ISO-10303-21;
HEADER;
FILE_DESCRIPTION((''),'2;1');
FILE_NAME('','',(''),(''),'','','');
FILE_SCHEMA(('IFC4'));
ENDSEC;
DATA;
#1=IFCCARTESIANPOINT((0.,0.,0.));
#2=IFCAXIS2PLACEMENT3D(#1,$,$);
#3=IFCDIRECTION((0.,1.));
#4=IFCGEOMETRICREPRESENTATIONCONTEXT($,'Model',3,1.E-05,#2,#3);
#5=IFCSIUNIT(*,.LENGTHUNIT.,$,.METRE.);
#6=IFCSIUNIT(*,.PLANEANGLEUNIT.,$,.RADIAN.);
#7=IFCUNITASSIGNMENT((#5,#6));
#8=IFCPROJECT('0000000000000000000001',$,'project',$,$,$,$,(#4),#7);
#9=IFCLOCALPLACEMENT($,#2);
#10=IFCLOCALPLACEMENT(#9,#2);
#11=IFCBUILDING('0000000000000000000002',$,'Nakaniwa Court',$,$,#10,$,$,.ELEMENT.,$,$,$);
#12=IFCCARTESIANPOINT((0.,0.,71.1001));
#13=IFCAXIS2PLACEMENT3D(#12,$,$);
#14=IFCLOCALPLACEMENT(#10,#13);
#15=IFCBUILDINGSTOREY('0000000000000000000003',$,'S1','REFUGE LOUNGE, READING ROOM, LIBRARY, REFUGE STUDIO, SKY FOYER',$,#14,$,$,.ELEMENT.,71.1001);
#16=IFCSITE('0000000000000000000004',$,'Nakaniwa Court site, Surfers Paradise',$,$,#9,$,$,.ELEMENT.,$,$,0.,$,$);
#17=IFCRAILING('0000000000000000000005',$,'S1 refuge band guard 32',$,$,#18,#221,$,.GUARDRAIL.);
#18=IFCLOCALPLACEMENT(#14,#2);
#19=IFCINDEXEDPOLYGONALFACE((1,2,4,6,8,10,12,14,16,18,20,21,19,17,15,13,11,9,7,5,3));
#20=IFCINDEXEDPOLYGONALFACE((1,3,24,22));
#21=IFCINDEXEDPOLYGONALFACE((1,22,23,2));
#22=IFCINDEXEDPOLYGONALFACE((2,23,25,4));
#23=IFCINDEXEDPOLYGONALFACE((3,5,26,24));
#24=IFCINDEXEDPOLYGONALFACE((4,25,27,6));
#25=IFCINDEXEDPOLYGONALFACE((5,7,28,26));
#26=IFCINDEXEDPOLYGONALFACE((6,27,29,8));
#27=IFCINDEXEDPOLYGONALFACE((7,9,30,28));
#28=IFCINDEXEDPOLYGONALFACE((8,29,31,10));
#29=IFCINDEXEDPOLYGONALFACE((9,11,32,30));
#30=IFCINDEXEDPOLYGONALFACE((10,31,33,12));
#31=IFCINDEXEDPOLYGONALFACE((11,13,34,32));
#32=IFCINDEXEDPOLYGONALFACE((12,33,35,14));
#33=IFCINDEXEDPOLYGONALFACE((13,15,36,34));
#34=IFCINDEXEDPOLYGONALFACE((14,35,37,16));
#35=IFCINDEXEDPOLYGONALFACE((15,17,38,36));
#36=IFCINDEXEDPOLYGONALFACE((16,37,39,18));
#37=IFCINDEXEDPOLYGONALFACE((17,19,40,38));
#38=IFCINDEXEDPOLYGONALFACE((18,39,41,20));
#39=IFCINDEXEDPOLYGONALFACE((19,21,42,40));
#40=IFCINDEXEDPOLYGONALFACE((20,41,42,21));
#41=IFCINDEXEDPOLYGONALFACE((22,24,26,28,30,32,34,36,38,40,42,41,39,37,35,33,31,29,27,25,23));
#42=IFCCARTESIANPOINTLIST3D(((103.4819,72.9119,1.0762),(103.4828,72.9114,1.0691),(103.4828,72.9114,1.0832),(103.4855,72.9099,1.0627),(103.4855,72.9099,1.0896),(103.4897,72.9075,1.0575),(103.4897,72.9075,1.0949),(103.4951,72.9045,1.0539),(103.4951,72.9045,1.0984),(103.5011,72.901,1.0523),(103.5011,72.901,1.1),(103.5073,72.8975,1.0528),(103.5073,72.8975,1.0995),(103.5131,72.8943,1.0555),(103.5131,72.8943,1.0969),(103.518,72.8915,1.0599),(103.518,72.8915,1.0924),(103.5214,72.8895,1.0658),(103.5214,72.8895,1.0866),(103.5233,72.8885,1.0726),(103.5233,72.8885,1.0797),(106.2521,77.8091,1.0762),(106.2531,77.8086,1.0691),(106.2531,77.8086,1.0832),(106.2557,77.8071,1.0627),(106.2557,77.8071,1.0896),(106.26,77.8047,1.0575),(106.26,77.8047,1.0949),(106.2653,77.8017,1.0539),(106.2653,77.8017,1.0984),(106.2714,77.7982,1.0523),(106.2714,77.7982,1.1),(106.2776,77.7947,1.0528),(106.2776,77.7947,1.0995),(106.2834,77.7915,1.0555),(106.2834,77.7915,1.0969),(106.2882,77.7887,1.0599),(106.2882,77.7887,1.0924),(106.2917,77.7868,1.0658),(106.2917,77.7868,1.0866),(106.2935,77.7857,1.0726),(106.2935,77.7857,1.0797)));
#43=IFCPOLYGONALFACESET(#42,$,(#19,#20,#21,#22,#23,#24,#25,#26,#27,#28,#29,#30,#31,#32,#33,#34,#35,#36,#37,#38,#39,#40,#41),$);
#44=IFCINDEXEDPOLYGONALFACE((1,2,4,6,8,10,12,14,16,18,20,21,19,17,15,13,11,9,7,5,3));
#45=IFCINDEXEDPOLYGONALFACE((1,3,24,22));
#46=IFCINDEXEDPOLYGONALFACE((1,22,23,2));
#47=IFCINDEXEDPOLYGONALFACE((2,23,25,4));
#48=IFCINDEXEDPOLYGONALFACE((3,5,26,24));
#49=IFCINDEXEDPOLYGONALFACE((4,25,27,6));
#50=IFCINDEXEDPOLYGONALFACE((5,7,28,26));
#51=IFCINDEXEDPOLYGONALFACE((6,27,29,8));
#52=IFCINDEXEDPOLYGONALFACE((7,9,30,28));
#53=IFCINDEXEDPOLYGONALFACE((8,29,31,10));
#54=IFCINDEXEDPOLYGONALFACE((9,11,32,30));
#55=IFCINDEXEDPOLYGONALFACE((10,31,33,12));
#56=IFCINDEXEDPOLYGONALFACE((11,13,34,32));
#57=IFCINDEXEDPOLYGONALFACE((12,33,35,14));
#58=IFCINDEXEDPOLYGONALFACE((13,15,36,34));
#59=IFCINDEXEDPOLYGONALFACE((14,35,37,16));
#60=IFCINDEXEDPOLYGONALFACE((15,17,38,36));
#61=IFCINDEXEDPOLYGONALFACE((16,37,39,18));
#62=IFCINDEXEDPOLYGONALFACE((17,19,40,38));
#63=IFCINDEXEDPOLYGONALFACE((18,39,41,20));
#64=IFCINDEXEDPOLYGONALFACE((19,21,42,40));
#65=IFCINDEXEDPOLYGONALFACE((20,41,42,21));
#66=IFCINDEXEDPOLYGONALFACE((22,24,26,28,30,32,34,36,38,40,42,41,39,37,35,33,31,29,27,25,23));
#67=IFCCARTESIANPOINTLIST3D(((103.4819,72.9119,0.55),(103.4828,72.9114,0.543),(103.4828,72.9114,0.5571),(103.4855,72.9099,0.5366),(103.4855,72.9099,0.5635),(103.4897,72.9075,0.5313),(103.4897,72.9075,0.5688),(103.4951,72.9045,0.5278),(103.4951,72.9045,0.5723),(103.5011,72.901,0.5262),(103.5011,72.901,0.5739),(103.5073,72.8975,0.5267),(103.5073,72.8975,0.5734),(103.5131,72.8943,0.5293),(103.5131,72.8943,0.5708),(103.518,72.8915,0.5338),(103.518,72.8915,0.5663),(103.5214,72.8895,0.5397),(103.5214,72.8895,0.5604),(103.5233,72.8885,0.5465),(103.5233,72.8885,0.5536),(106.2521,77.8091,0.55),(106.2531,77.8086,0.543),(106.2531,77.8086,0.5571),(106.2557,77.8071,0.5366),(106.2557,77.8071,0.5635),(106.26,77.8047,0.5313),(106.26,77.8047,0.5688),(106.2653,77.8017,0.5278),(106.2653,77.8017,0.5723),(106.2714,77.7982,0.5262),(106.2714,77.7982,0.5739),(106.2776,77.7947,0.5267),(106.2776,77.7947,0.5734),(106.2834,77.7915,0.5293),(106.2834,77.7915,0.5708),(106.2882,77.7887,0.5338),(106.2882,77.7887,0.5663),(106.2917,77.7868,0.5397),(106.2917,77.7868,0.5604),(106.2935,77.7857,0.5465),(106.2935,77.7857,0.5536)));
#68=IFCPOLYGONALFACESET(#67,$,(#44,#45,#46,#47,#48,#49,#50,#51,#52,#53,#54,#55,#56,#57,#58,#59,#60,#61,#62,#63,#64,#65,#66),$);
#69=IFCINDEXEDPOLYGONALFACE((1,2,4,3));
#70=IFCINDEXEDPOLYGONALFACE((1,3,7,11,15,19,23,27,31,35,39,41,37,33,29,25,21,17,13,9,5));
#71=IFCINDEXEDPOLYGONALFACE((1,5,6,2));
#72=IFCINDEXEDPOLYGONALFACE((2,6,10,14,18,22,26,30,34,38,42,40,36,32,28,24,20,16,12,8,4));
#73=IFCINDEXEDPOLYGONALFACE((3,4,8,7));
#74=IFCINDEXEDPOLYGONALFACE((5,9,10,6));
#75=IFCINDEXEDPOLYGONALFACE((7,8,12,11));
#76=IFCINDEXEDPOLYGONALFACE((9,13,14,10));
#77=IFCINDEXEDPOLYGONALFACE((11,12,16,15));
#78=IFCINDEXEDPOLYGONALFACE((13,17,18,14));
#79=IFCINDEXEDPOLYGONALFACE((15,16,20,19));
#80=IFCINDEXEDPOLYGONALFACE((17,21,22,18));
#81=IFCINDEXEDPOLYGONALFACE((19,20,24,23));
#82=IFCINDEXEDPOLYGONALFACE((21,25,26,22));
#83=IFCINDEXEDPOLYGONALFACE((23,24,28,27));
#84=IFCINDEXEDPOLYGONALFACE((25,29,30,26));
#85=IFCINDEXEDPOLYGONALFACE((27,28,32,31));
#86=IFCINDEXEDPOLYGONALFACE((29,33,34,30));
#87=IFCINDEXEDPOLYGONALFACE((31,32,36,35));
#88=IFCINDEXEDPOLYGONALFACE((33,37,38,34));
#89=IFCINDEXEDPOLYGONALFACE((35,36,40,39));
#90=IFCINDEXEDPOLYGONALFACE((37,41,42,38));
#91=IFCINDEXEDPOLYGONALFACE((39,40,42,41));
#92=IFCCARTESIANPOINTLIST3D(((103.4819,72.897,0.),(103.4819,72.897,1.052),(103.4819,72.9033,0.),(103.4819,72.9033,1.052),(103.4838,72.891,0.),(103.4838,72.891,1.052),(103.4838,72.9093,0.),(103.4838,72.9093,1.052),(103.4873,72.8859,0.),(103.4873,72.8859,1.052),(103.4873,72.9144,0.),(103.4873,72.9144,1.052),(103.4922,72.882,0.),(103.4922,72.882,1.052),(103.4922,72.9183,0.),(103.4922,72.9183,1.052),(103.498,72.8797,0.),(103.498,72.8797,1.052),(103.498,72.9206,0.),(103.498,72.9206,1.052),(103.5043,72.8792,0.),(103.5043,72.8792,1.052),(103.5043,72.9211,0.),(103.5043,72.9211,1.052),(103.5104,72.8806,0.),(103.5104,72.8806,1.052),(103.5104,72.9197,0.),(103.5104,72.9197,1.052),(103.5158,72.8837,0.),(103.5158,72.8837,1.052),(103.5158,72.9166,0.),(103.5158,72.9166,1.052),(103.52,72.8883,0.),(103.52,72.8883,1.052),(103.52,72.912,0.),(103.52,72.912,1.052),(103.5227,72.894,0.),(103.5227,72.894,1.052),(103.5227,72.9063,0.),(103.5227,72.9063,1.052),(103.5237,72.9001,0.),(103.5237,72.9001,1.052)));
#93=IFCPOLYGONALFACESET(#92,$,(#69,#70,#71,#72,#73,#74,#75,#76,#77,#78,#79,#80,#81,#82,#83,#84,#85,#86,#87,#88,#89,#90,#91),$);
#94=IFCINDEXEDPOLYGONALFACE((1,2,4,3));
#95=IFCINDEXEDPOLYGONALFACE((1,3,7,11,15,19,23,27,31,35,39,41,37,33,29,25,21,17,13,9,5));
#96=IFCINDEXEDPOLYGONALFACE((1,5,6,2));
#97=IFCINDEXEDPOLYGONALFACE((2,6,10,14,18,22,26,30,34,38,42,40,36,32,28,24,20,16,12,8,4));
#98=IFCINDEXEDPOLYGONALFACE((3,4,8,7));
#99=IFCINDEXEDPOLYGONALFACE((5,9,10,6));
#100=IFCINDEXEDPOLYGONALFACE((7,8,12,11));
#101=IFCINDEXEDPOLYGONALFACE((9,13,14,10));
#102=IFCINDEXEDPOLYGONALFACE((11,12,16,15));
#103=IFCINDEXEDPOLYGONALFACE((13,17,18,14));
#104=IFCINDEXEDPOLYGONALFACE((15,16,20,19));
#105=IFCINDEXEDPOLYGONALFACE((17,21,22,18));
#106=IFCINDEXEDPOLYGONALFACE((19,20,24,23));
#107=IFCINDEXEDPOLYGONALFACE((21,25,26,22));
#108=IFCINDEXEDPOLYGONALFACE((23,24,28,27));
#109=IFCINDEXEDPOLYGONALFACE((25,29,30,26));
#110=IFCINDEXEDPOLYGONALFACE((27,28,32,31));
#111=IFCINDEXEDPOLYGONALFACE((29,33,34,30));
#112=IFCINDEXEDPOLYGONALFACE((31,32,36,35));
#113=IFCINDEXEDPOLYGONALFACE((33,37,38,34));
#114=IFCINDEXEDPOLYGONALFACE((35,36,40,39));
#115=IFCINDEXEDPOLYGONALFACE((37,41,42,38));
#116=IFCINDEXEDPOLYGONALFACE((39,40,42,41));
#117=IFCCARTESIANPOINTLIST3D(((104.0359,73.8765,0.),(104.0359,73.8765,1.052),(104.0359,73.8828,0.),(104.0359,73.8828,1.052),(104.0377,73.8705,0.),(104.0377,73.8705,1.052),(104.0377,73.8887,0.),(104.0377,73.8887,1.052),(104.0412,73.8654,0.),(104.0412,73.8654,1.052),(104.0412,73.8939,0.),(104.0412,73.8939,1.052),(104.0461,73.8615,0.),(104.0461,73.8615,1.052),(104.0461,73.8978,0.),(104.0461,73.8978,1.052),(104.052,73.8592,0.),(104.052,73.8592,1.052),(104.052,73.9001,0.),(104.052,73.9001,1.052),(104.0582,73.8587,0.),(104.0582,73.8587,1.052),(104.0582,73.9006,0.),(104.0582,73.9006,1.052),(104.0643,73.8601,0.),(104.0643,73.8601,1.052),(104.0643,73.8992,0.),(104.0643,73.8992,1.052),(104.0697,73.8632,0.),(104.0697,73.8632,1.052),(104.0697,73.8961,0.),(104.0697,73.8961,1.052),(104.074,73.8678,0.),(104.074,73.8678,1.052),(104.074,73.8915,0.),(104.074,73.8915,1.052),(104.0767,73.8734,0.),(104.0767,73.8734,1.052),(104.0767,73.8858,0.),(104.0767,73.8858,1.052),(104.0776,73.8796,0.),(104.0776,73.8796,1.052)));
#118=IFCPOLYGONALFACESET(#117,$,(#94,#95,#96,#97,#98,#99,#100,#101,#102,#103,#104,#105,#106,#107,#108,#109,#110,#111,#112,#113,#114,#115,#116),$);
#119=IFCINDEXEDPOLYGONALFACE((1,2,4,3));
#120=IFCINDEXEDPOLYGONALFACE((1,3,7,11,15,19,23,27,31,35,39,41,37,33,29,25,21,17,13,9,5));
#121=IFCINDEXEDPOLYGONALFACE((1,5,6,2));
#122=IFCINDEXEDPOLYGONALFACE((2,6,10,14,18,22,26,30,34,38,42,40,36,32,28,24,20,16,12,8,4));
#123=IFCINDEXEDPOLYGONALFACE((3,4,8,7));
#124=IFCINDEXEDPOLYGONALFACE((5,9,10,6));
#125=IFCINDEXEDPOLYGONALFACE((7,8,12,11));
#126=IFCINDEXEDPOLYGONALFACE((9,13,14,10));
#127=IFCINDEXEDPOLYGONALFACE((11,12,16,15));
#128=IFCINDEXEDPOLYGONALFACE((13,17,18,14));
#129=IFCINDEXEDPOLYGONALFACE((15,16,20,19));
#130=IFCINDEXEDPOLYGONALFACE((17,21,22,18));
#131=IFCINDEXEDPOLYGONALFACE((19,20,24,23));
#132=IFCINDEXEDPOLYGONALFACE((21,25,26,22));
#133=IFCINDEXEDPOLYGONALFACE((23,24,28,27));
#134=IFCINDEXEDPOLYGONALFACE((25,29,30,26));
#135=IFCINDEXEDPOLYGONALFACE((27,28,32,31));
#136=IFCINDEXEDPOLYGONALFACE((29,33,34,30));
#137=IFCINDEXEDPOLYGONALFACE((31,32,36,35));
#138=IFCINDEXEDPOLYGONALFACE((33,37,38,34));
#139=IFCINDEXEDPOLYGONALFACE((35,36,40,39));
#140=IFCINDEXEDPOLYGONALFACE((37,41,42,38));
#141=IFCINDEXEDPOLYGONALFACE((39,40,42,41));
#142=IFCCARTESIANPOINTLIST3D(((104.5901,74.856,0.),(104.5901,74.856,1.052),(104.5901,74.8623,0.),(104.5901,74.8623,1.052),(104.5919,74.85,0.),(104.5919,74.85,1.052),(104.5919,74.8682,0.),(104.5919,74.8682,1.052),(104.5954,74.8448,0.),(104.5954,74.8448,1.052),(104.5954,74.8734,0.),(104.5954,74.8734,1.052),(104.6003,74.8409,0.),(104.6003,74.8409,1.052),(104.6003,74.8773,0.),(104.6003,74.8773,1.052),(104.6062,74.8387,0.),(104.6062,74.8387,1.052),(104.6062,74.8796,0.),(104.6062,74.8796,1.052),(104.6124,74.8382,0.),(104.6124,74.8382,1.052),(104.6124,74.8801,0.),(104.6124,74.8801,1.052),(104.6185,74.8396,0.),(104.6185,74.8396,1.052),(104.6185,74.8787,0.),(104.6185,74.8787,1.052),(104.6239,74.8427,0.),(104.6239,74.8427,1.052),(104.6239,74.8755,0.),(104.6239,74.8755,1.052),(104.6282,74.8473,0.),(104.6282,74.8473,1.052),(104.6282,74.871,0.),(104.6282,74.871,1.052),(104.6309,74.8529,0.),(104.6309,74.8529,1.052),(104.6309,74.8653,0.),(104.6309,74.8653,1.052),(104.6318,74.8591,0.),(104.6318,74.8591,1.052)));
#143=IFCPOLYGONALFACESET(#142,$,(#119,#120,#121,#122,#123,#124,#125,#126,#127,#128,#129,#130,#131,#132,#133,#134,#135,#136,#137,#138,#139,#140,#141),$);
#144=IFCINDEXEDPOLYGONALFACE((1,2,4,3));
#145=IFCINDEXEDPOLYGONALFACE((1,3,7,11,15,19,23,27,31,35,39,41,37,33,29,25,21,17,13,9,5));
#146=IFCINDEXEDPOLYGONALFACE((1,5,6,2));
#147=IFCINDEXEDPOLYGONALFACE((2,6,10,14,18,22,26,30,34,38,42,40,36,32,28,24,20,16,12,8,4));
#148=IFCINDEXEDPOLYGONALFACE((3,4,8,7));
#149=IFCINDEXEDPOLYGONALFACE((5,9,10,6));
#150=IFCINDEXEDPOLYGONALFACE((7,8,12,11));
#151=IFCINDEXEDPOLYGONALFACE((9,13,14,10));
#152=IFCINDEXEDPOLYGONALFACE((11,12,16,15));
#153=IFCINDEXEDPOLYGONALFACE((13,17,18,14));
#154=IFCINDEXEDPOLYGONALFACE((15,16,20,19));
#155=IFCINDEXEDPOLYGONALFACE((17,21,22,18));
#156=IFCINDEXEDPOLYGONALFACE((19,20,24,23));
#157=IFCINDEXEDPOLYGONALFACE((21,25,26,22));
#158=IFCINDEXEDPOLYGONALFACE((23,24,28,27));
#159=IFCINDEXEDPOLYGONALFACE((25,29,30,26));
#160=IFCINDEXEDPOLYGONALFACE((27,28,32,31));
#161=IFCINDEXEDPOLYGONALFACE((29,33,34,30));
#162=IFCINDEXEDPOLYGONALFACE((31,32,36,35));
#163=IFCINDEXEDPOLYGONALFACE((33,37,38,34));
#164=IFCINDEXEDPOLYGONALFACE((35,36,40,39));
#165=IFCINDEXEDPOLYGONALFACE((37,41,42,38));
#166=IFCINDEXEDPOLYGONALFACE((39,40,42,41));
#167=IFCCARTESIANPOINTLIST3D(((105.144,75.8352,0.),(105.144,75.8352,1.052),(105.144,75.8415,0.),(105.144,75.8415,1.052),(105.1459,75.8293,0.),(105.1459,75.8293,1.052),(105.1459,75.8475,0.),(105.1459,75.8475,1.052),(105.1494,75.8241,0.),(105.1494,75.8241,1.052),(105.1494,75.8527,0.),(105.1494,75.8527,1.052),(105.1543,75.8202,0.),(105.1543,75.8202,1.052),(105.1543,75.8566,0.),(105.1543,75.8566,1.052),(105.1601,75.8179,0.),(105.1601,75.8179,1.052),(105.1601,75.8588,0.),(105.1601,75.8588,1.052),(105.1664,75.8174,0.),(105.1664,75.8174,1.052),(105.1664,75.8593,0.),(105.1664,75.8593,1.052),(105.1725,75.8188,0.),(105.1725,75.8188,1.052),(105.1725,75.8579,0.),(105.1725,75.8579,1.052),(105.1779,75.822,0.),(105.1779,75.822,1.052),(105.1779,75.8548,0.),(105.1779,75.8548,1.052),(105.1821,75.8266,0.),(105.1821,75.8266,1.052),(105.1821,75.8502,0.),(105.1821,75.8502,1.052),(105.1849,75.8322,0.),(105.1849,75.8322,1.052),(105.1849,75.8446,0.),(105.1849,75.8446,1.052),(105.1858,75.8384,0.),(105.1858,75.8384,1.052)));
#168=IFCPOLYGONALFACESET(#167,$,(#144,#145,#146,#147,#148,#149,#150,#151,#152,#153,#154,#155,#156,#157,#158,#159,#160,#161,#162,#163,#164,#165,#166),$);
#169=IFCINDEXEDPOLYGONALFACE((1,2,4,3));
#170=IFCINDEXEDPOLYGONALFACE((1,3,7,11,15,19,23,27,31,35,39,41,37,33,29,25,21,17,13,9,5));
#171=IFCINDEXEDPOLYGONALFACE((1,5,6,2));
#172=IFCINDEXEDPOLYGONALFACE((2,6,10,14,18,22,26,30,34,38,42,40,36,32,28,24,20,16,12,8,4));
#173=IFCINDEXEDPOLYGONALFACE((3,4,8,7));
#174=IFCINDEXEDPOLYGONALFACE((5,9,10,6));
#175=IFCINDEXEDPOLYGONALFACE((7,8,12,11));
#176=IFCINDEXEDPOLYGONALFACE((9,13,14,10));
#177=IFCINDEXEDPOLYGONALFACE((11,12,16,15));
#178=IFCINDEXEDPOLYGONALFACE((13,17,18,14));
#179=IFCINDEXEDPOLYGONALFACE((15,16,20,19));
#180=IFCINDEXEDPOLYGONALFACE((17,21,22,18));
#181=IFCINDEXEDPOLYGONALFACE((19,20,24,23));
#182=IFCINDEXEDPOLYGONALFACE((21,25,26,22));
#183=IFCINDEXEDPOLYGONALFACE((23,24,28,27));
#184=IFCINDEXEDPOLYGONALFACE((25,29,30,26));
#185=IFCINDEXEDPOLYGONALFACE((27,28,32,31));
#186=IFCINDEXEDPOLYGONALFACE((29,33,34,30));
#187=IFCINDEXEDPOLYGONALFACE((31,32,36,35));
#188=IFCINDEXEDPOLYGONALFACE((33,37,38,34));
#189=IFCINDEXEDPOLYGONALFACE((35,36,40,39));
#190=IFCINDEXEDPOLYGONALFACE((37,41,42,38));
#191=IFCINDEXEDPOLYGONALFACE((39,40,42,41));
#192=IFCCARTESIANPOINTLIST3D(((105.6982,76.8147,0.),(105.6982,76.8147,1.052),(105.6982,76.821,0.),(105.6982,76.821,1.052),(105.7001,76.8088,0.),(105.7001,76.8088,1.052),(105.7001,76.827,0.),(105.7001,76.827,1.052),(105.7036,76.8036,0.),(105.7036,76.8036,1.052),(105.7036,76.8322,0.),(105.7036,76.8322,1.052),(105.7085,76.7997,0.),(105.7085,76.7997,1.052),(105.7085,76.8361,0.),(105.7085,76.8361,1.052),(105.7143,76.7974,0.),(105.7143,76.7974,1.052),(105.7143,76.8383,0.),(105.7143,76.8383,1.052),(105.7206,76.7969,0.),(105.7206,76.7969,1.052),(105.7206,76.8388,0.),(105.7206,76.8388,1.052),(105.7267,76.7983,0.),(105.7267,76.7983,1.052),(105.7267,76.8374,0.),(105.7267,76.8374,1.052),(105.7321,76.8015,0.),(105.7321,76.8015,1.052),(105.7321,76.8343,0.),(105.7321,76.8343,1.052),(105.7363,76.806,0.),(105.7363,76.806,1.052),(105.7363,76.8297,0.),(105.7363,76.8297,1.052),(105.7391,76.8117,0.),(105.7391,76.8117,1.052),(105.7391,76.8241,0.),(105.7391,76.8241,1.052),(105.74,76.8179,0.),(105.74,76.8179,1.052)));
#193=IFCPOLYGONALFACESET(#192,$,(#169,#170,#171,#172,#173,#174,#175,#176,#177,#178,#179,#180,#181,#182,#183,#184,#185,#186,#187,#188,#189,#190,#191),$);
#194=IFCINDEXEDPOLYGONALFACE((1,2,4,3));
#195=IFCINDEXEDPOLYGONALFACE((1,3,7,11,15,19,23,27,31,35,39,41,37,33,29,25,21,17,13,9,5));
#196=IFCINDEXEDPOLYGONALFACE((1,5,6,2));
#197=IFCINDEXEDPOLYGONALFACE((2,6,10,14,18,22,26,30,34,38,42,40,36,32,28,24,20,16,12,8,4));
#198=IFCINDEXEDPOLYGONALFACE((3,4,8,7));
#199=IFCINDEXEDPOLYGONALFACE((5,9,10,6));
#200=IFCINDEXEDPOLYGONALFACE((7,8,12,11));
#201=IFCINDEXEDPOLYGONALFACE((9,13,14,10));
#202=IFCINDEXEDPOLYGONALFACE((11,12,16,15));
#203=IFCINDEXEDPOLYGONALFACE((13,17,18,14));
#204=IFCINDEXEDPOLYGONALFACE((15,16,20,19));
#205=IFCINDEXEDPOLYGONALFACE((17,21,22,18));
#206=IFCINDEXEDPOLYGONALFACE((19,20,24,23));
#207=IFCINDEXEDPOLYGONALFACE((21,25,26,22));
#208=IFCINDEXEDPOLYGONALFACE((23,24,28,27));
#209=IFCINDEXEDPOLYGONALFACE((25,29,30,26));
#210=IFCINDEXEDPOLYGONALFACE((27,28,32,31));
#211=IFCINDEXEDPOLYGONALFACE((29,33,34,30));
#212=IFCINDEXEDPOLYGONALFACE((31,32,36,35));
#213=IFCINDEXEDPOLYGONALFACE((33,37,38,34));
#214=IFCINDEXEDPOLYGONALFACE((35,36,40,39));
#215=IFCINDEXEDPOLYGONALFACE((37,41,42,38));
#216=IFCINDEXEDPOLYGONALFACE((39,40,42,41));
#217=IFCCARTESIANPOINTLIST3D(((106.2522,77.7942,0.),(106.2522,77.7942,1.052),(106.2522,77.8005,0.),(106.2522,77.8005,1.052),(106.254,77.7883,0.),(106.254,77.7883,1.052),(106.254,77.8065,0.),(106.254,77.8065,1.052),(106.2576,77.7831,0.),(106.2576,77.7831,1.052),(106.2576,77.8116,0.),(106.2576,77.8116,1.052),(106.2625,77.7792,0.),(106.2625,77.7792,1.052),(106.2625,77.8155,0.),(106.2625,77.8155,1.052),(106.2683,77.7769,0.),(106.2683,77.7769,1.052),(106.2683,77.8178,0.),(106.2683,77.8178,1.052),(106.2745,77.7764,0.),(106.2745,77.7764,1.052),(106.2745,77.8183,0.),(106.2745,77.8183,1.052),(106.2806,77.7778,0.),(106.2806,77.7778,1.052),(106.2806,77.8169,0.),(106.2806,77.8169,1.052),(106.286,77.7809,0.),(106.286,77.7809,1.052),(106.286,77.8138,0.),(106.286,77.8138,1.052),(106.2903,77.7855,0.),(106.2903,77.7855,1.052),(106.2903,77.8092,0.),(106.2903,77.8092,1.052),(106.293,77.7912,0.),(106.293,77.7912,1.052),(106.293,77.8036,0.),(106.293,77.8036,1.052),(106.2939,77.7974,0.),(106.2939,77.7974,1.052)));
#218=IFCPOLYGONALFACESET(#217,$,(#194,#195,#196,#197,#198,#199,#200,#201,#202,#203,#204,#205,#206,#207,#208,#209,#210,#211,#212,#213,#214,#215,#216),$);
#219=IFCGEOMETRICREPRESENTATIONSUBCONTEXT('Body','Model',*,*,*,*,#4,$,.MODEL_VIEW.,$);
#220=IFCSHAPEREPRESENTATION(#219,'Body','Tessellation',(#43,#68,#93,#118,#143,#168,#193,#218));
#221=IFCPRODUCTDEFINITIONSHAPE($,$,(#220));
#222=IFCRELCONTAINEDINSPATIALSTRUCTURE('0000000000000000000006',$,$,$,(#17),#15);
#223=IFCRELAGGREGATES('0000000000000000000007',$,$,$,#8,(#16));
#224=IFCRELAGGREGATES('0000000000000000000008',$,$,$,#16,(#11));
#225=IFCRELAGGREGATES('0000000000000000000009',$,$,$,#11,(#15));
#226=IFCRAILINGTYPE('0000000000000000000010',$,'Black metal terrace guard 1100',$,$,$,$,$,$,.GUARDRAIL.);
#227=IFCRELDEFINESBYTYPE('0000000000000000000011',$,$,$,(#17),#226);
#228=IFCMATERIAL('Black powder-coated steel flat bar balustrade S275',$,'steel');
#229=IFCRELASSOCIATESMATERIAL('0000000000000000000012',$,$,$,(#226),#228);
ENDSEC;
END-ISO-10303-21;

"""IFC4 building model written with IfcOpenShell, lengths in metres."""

from ifc_helpers import new_model, si_unit, direction, frame, origin, origin_2d, place, context, subcontext, project, spatial, circle, extrude, material, type_object, element, save


model = new_model("IFC4")

# Units and contexts
model_context = context("Model", 3, precision=1e-05, world=origin(), true_north=direction((0.0, 1.0)))
body_context = subcontext(model_context, "Body", "Model", "MODEL_VIEW")
ifc_project = project(units=[si_unit("LENGTHUNIT", "METRE"), si_unit("PLANEANGLEUNIT", "RADIAN")], contexts=[model_context])

# Site, building, storey
site_placement = place(None, origin())
site = spatial("IfcSite", under=ifc_project, at=site_placement, Name="Nakaniwa Court site, Surfers Paradise", CompositionType="ELEMENT", RefElevation=0.0)
building_placement = place(site_placement, origin())
building = spatial("IfcBuilding", under=site, at=building_placement, Name="Nakaniwa Court", CompositionType="ELEMENT")
storey_placement = place(building_placement, frame((0.0, 0.0, 71.1001)))
storey = spatial("IfcBuildingStorey", under=building, at=storey_placement, Name="S1", Description="REFUGE LOUNGE, READING ROOM, LIBRARY, REFUGE STUDIO, SKY FOYER", CompositionType="ELEMENT", Elevation=71.1001)

# Railing
ifc_material_1 = material(Name="Black powder-coated steel flat bar balustrade S275", Category="steel")
railing_type = type_object("IfcRailingType", Name="Black metal terrace guard 1100", PredefinedType="GUARDRAIL", material=ifc_material_1)
railing_1_placement = place(storey_placement, frame((103.5027, 72.9001, 0.0)))
element("IfcRailing", 1, at=railing_1_placement, inside=storey, type_object=railing_type, Name="S1 refuge band guard 32", PredefinedType="GUARDRAIL", context=body_context, shape_type="SweptSolid", body=[
    extrude(circle(Radius=0.0239, at=origin_2d()), frame((0.0, 0.0, 1.0762), z_axis=(0.492363, 0.87039, 0.0), x_axis=(-0.87039, 0.492363, 0.0)), (0.0, 0.0, 1.0), 5.6265),
    extrude(circle(Radius=0.0239, at=origin_2d()), frame((0.0, 0.0, 0.55), z_axis=(0.492363, 0.87039, 0.0), x_axis=(-0.87039, 0.492363, 0.0)), (0.0, 0.0, 1.0), 5.6265),
    extrude(circle(Radius=0.021, at=origin_2d()), origin(), (0.0, 0.0, 1.0), 1.052),
    extrude(circle(Radius=0.021, at=origin_2d()), frame((0.554, 0.9795, 0.0)), (0.0, 0.0, 1.0), 1.052),
    extrude(circle(Radius=0.021, at=origin_2d()), frame((1.1082, 1.959, 0.0)), (0.0, 0.0, 1.0), 1.052),
    extrude(circle(Radius=0.021, at=origin_2d()), frame((1.6621, 2.9382, 0.0)), (0.0, 0.0, 1.0), 1.052),
    extrude(circle(Radius=0.021, at=origin_2d()), frame((2.2163, 3.9177, 0.0)), (0.0, 0.0, 1.0), 1.052),
    extrude(circle(Radius=0.021, at=origin_2d()), frame((2.7703, 4.8972, 0.0)), (0.0, 0.0, 1.0), 1.052),
])

save(model, "model.ifc")
